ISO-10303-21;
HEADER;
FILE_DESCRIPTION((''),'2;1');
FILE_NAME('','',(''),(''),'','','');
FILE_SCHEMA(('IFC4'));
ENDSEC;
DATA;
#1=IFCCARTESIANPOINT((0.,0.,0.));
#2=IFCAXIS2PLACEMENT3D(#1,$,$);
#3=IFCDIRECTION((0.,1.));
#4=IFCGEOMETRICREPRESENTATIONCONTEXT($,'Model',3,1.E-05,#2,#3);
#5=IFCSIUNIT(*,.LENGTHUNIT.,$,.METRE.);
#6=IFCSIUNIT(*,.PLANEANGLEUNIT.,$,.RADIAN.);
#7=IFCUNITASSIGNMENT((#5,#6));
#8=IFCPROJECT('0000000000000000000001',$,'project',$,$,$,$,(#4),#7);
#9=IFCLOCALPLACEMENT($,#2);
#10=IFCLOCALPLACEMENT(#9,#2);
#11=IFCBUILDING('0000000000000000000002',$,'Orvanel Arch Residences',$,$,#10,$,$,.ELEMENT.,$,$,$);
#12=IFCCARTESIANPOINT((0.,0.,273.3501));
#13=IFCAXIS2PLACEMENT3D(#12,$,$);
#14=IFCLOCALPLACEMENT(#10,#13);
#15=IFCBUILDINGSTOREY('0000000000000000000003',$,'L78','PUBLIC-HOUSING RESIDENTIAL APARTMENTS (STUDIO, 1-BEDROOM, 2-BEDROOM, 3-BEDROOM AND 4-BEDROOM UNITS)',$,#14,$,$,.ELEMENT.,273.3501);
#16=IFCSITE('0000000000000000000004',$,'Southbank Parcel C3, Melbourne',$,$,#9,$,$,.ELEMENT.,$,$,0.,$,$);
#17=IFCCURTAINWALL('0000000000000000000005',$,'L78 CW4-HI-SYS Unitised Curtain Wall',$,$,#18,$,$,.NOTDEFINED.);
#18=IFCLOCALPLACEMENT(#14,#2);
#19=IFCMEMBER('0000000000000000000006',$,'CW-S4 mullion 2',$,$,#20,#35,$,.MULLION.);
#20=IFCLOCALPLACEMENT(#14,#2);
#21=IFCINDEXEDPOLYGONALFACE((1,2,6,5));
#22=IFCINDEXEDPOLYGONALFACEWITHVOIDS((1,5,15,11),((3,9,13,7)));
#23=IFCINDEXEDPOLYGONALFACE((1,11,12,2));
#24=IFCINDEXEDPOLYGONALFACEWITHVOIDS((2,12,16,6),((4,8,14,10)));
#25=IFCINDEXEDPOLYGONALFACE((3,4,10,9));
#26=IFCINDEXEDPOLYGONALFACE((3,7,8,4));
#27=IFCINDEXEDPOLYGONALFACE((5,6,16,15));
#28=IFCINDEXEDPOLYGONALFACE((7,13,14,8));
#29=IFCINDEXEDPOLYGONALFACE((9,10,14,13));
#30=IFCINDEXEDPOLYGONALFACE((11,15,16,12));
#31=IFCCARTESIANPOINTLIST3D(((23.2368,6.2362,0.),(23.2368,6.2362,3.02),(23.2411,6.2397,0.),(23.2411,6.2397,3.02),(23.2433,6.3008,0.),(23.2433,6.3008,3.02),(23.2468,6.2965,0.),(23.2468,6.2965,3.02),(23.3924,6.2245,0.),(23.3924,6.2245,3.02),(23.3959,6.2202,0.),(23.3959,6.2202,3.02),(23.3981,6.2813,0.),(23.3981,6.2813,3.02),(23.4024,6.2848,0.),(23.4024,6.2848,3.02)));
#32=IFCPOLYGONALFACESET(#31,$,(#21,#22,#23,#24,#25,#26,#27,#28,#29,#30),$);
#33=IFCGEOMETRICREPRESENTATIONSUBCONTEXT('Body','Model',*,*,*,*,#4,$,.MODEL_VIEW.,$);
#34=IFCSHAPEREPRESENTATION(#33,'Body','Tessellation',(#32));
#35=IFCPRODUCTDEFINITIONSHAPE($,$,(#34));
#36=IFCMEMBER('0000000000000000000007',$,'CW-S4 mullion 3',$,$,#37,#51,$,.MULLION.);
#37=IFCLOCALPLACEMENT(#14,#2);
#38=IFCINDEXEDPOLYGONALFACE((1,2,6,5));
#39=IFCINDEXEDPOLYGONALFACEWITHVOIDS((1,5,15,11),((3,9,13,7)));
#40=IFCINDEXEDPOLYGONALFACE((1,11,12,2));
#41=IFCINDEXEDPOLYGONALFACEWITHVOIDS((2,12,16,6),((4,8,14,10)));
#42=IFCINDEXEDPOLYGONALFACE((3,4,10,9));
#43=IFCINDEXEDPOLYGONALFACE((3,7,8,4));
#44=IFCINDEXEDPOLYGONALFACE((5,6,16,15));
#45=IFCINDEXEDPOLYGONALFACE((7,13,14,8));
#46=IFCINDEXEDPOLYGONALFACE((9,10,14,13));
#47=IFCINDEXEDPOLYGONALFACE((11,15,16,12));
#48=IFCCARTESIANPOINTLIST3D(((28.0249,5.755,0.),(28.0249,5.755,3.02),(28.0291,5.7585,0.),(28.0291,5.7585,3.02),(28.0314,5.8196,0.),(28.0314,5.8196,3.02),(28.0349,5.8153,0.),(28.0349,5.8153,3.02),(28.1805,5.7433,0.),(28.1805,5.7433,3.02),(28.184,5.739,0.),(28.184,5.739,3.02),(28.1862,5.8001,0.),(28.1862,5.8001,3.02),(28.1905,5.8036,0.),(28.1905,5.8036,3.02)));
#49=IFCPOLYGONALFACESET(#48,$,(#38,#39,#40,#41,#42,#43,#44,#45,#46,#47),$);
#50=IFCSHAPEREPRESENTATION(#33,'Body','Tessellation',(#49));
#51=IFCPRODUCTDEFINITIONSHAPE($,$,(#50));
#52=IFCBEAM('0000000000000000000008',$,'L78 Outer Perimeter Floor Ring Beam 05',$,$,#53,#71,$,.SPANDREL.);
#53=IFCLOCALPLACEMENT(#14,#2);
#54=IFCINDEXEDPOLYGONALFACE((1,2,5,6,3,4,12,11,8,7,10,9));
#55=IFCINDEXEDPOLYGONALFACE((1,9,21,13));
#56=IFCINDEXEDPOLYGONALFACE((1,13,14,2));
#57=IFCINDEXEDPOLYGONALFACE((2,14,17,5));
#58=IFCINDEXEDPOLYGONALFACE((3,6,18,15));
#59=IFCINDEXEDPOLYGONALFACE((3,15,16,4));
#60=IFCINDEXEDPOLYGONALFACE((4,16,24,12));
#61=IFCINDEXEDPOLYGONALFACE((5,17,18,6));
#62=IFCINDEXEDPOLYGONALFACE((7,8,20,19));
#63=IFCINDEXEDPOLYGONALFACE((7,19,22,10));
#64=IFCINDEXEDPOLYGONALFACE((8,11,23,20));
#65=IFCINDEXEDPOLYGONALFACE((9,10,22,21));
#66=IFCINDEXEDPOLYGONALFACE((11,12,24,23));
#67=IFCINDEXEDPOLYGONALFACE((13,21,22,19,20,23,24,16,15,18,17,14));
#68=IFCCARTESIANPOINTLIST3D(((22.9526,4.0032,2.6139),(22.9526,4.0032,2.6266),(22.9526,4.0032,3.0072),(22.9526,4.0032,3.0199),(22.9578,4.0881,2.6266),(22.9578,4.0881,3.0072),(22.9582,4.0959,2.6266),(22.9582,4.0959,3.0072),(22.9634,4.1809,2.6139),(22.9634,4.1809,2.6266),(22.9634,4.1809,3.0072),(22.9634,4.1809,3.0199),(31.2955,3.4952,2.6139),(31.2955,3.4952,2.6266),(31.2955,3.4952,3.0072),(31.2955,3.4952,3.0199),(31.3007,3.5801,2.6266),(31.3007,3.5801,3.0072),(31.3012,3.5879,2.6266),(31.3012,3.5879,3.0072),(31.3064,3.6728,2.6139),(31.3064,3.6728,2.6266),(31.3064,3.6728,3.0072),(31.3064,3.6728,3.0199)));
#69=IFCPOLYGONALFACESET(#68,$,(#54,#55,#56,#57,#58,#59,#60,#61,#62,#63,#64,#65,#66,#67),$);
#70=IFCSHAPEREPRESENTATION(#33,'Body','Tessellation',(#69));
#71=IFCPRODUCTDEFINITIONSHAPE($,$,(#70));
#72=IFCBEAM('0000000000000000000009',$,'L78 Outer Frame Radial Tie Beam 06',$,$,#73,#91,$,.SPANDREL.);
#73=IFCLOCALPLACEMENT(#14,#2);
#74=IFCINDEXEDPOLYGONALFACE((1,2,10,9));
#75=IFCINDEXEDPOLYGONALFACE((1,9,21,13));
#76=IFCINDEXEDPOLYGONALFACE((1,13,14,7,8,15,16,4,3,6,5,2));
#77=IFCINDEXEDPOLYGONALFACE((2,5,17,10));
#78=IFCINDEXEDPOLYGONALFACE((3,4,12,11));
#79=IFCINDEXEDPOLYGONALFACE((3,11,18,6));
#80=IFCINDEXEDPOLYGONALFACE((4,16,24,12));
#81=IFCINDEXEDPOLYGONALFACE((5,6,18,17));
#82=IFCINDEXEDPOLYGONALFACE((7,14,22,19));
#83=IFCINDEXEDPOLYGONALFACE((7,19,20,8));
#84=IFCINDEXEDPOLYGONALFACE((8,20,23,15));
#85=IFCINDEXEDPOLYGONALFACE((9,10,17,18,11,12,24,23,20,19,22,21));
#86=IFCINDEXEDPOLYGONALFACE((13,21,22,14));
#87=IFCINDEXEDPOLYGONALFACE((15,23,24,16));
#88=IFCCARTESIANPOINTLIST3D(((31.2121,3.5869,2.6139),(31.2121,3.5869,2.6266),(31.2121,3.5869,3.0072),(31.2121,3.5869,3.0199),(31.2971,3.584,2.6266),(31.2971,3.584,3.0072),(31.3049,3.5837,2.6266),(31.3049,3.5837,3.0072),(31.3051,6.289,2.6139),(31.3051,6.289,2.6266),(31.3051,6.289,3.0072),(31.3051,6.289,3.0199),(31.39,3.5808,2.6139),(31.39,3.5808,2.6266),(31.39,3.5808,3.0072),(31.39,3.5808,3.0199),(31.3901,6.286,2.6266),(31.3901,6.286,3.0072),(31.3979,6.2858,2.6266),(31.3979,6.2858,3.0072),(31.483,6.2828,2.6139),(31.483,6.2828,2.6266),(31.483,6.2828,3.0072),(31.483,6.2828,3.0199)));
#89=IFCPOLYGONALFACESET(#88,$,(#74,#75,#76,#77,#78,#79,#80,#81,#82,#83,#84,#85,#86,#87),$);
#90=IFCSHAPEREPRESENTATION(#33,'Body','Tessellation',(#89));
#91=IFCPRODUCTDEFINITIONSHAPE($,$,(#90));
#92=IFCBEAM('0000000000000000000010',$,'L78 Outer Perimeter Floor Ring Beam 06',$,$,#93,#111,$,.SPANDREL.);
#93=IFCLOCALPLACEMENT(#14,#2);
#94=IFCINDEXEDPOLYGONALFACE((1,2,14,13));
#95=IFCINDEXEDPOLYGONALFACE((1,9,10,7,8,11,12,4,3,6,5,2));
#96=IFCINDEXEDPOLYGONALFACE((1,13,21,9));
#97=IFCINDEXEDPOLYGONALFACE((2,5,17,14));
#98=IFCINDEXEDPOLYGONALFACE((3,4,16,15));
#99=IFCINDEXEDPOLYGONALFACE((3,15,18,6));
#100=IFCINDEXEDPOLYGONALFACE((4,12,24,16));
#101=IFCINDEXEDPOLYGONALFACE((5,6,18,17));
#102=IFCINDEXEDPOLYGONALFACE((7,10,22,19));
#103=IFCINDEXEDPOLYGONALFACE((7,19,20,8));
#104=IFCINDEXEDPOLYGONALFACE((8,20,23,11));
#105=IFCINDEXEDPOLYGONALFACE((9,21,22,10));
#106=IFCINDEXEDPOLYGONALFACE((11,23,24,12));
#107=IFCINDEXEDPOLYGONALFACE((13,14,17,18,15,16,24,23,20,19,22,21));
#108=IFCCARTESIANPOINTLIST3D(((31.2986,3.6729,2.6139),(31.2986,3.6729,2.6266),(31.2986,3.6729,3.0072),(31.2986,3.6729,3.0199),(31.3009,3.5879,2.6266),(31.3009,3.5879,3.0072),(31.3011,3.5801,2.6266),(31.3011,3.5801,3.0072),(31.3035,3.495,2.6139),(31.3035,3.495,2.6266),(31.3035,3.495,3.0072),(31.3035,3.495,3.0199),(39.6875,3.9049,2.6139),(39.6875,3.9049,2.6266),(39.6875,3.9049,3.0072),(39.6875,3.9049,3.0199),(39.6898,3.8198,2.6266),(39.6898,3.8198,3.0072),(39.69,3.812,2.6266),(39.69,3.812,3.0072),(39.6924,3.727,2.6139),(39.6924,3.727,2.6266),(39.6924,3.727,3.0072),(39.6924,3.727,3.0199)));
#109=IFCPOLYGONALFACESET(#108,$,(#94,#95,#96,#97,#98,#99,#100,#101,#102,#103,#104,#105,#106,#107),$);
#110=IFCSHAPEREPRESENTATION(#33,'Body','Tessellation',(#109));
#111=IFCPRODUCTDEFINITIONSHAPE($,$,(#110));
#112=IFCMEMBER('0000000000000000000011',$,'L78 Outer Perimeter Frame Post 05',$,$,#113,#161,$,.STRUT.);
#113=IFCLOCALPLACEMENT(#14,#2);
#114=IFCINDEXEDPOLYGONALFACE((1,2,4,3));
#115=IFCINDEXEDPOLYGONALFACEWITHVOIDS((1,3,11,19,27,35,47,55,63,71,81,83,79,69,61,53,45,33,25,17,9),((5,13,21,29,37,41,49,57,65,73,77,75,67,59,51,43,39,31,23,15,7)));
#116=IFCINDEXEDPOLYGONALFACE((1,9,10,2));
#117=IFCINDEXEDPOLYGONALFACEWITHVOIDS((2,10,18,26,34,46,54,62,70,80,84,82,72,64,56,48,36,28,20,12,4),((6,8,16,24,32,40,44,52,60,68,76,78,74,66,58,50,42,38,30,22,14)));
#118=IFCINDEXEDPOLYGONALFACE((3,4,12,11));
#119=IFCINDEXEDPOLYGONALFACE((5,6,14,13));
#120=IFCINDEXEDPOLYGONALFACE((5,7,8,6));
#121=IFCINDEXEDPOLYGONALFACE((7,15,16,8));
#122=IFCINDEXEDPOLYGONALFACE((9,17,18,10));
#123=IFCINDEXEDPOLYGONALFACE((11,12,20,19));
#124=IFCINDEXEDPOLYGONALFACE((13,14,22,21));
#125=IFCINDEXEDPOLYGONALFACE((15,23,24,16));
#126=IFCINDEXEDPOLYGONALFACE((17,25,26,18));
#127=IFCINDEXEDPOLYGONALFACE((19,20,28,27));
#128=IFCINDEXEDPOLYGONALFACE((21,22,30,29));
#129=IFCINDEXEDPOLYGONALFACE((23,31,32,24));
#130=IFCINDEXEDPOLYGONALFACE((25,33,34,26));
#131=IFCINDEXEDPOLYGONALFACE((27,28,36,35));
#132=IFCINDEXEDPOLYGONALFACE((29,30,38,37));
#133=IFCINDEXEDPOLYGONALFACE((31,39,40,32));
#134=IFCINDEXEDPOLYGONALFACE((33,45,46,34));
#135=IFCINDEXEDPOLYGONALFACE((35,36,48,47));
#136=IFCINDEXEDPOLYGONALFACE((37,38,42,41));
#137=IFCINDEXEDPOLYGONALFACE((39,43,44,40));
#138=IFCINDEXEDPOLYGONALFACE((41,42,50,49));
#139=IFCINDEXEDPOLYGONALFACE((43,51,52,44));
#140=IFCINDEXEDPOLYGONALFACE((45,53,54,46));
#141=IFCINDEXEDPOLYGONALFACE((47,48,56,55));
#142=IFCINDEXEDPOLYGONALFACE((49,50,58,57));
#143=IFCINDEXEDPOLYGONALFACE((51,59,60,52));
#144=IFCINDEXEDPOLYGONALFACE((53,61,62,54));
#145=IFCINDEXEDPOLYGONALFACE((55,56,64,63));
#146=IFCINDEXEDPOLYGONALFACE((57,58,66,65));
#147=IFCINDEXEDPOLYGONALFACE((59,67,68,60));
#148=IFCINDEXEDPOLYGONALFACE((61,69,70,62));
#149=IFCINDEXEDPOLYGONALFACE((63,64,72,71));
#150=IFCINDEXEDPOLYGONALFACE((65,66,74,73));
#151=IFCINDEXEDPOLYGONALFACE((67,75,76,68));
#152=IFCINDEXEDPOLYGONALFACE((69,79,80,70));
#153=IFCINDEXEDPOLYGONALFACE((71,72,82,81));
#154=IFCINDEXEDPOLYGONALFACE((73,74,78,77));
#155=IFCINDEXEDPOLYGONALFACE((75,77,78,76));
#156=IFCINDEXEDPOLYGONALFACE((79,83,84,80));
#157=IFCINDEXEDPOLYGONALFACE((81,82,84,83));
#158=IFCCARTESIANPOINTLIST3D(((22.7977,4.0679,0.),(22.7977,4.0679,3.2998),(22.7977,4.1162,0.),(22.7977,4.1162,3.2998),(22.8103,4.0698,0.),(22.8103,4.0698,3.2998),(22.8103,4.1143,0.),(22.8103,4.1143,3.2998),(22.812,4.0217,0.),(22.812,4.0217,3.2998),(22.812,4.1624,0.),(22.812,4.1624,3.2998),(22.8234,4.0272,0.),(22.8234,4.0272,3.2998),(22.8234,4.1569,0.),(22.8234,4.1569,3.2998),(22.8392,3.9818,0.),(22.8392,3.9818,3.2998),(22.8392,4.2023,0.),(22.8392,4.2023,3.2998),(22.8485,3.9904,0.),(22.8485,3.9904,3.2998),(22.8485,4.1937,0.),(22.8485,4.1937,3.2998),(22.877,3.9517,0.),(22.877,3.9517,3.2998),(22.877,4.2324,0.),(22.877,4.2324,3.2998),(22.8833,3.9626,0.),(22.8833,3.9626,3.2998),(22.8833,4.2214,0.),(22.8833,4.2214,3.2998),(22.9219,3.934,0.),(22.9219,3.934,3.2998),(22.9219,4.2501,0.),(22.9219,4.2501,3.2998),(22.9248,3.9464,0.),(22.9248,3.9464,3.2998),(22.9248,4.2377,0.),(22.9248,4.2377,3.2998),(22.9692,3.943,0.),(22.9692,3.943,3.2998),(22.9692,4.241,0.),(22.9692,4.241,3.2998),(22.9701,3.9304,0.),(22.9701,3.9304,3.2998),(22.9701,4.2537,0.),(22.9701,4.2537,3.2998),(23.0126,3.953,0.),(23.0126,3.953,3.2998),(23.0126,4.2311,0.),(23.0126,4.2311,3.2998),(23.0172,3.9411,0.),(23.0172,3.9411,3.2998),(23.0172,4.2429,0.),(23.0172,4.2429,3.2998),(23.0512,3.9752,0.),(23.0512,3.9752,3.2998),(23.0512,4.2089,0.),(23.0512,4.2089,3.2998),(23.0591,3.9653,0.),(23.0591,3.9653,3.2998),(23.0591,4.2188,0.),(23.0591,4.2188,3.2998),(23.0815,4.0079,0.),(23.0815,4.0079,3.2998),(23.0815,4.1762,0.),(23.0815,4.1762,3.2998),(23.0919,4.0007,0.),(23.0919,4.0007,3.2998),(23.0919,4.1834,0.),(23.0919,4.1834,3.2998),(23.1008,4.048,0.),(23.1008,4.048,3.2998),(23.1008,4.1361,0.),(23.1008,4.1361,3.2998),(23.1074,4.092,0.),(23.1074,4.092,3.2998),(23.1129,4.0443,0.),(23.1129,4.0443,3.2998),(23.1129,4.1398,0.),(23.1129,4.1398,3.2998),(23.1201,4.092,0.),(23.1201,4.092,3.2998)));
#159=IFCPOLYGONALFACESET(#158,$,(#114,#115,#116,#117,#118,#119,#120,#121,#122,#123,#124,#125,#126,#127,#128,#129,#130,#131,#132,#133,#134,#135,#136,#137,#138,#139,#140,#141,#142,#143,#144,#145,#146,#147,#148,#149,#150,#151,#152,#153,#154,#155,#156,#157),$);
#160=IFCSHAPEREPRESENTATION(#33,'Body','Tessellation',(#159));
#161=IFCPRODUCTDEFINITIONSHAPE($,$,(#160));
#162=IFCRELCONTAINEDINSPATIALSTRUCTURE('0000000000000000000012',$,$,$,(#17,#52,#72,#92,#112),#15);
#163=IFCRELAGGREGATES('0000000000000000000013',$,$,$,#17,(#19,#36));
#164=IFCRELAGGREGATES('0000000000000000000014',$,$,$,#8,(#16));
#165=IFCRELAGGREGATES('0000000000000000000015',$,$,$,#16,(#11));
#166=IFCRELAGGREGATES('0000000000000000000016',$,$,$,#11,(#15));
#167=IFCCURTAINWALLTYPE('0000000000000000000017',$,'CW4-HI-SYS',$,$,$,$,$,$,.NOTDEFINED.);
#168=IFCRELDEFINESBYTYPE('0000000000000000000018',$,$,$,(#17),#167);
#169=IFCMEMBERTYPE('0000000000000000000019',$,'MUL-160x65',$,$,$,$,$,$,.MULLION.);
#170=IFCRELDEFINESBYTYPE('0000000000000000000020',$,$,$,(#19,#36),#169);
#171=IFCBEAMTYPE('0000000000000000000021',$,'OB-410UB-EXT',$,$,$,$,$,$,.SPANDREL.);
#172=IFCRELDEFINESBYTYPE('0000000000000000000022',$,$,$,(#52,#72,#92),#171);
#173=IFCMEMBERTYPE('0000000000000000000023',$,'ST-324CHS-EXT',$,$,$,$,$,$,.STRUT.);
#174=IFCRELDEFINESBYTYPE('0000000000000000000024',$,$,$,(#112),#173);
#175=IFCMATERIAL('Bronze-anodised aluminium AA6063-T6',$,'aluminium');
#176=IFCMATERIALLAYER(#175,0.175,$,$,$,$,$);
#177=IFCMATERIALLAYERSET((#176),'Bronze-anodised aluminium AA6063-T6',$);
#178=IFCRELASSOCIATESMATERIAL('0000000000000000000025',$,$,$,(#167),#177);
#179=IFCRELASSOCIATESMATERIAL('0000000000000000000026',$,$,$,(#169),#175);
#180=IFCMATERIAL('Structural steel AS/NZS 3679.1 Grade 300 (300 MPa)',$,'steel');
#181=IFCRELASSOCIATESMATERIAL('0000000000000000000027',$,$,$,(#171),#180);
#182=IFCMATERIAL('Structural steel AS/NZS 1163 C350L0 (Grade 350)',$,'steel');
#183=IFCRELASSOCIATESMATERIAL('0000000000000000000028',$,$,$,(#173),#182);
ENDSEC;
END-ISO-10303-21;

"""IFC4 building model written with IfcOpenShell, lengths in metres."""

from ifc_helpers import new_model, si_unit, direction, frame, origin, origin_2d, place, context, subcontext, project, spatial, hollow_rectangle, hollow_circle, i_section, extrude, material, layer, layer_set, material_profile, profile_set, type_object, element, aggregate, save


model = new_model("IFC4")

# Units and contexts
model_context = context("Model", 3, precision=1e-05, world=origin(), true_north=direction((0.0, 1.0)))
body_context = subcontext(model_context, "Body", "Model", "MODEL_VIEW")
ifc_project = project(units=[si_unit("LENGTHUNIT", "METRE"), si_unit("PLANEANGLEUNIT", "RADIAN")], contexts=[model_context])

# Site, building, storey
site_placement = place(None, origin())
site = spatial("IfcSite", under=ifc_project, at=site_placement, Name="Southbank Parcel C3, Melbourne", CompositionType="ELEMENT", RefElevation=0.0)
building_placement = place(site_placement, origin())
building = spatial("IfcBuilding", under=site, at=building_placement, Name="Orvanel Arch Residences", CompositionType="ELEMENT")
storey_placement = place(building_placement, frame((0.0, 0.0, 273.3501)))
storey = spatial("IfcBuildingStorey", under=building, at=storey_placement, Name="L78", Description="PUBLIC-HOUSING RESIDENTIAL APARTMENTS (STUDIO, 1-BEDROOM, 2-BEDROOM, 3-BEDROOM AND 4-BEDROOM UNITS)", CompositionType="ELEMENT", Elevation=273.3501)

# Curtain wall, members
ifc_material_1 = material(Name="Bronze-anodised aluminium AA6063-T6", Category="aluminium")
ifc_layer_1 = layer(ifc_material_1, 0.175)
ifc_layer_set_1 = layer_set([ifc_layer_1], Name="Bronze-anodised aluminium AA6063-T6")
curtain_wall_type = type_object("IfcCurtainWallType", Name="CW4-HI-SYS", PredefinedType="NOTDEFINED", material=ifc_layer_set_1)
curtain_wall_placement = place(storey_placement, origin())
curtain_wall = element("IfcCurtainWall", 1, at=curtain_wall_placement, inside=storey, type_object=curtain_wall_type, Name="L78 CW4-HI-SYS Unitised Curtain Wall", PredefinedType="NOTDEFINED")
ifc_material_profile_1 = material_profile(ifc_material_1, hollow_rectangle(XDim=0.0649, YDim=0.1599, WallThickness=0.0039, at=origin_2d()), Name="ALU160x65x4")
ifc_profile_set_1 = profile_set([ifc_material_profile_1], Name="Bronze-anodised aluminium AA6063-T6")
member_type_1 = type_object("IfcMemberType", Name="MUL-160x65", PredefinedType="MULLION", material=ifc_profile_set_1)
member_1_placement = place(storey_placement, frame((23.3196, 6.2605, 0.0), z_axis=(0.0, 0.0, 1.0), x_axis=(0.100004, 0.994987, 0.0)))
member_1 = element("IfcMember", 2, at=member_1_placement, type_object=member_type_1, Name="CW-S4 mullion 2", PredefinedType="MULLION", context=body_context, shape_type="SweptSolid", body=[
    extrude(hollow_rectangle(XDim=0.0649, YDim=0.1599, WallThickness=0.0039, at=origin_2d()), origin(), (0.0, 0.0, 1.0), 3.02),
])
member_2_placement = place(storey_placement, frame((28.1077, 5.7793, 0.0), z_axis=(0.0, 0.0, 1.0), x_axis=(0.100004, 0.994987, 0.0)))
member_2 = element("IfcMember", 3, at=member_2_placement, type_object=member_type_1, Name="CW-S4 mullion 3", PredefinedType="MULLION", context=body_context, shape_type="SweptSolid", body=[
    extrude(hollow_rectangle(XDim=0.0649, YDim=0.1599, WallThickness=0.0039, at=origin_2d()), origin(), (0.0, 0.0, 1.0), 3.02),
])

# Beams
ifc_material_2 = material(Name="Structural steel AS/NZS 3679.1 Grade 300 (300 MPa)", Category="steel")
ifc_material_profile_2 = material_profile(ifc_material_2, i_section(OverallWidth=0.178, OverallDepth=0.406, WebThickness=0.0078, FlangeThickness=0.0127, at=origin_2d()), Name="410UB59.7")
ifc_profile_set_2 = profile_set([ifc_material_profile_2], Name="Structural steel AS/NZS 3679.1 Grade 300 (300 MPa)")
beam_type = type_object("IfcBeamType", Name="OB-410UB-EXT", PredefinedType="SPANDREL", material=ifc_profile_set_2)
beam_1_placement = place(storey_placement, frame((22.958, 4.092, 2.8169), z_axis=(0.998151, -0.060783, 0.0), x_axis=(0.060783, 0.998151, 0.0)))
element("IfcBeam", 4, at=beam_1_placement, inside=storey, type_object=beam_type, Name="L78 Outer Perimeter Floor Ring Beam 05", PredefinedType="SPANDREL", context=body_context, shape_type="SweptSolid", body=[
    extrude(i_section(OverallWidth=0.178, OverallDepth=0.406, WebThickness=0.0078, FlangeThickness=0.0127, at=origin_2d()), origin(), (0.0, 0.0, 1.0), 8.3584),
])
beam_2_placement = place(storey_placement, frame((31.394, 6.2859, 2.8169), z_axis=(-0.034406, -0.999408, 0.0), x_axis=(0.999408, -0.034406, 0.0)))
element("IfcBeam", 5, at=beam_2_placement, inside=storey, type_object=beam_type, Name="L78 Outer Frame Radial Tie Beam 06", PredefinedType="SPANDREL", context=body_context, shape_type="SweptSolid", body=[
    extrude(i_section(OverallWidth=0.178, OverallDepth=0.406, WebThickness=0.0078, FlangeThickness=0.0127, at=origin_2d()), origin(), (0.0, 0.0, 1.0), 2.7036),
])
beam_3_placement = place(storey_placement, frame((31.301, 3.584, 2.8169), z_axis=(0.999618, 0.027637, 0.0), x_axis=(-0.027637, 0.999618, 0.0)))
element("IfcBeam", 6, at=beam_3_placement, inside=storey, type_object=beam_type, Name="L78 Outer Perimeter Floor Ring Beam 06", PredefinedType="SPANDREL", context=body_context, shape_type="SweptSolid", body=[
    extrude(i_section(OverallWidth=0.178, OverallDepth=0.406, WebThickness=0.0078, FlangeThickness=0.0127, at=origin_2d()), origin(), (0.0, 0.0, 1.0), 8.3921),
])

# Member
ifc_material_3 = material(Name="Structural steel AS/NZS 1163 C350L0 (Grade 350)", Category="steel")
ifc_material_profile_3 = material_profile(ifc_material_3, hollow_circle(Radius=0.1621, WallThickness=0.0127, at=origin_2d()), Name="CHS324x12.7")
ifc_profile_set_3 = profile_set([ifc_material_profile_3], Name="Structural steel AS/NZS 1163 C350L0 (Grade 350)")
member_type_2 = type_object("IfcMemberType", Name="ST-324CHS-EXT", PredefinedType="STRUT", material=ifc_profile_set_3)
for number, where, z_axis, x_axis, name in (
    (7, (22.958, 4.092, 0.0), (0.0, 0.0, 1.0), (1.0, 0.0, 0.0), "L78 Outer Perimeter Frame Post 05"),
):
    element("IfcMember", number, at=place(storey_placement, frame(where, z_axis=z_axis, x_axis=x_axis)), inside=storey, type_object=member_type_2, Name=name, PredefinedType="STRUT", context=body_context, shape_type="SweptSolid", body=[
        extrude(hollow_circle(Radius=0.1621, WallThickness=0.0127, at=origin_2d()), origin(), (0.0, 0.0, 1.0), 3.2998),
    ])

aggregate(curtain_wall, [member_1, member_2])

save(model, "model.ifc")
